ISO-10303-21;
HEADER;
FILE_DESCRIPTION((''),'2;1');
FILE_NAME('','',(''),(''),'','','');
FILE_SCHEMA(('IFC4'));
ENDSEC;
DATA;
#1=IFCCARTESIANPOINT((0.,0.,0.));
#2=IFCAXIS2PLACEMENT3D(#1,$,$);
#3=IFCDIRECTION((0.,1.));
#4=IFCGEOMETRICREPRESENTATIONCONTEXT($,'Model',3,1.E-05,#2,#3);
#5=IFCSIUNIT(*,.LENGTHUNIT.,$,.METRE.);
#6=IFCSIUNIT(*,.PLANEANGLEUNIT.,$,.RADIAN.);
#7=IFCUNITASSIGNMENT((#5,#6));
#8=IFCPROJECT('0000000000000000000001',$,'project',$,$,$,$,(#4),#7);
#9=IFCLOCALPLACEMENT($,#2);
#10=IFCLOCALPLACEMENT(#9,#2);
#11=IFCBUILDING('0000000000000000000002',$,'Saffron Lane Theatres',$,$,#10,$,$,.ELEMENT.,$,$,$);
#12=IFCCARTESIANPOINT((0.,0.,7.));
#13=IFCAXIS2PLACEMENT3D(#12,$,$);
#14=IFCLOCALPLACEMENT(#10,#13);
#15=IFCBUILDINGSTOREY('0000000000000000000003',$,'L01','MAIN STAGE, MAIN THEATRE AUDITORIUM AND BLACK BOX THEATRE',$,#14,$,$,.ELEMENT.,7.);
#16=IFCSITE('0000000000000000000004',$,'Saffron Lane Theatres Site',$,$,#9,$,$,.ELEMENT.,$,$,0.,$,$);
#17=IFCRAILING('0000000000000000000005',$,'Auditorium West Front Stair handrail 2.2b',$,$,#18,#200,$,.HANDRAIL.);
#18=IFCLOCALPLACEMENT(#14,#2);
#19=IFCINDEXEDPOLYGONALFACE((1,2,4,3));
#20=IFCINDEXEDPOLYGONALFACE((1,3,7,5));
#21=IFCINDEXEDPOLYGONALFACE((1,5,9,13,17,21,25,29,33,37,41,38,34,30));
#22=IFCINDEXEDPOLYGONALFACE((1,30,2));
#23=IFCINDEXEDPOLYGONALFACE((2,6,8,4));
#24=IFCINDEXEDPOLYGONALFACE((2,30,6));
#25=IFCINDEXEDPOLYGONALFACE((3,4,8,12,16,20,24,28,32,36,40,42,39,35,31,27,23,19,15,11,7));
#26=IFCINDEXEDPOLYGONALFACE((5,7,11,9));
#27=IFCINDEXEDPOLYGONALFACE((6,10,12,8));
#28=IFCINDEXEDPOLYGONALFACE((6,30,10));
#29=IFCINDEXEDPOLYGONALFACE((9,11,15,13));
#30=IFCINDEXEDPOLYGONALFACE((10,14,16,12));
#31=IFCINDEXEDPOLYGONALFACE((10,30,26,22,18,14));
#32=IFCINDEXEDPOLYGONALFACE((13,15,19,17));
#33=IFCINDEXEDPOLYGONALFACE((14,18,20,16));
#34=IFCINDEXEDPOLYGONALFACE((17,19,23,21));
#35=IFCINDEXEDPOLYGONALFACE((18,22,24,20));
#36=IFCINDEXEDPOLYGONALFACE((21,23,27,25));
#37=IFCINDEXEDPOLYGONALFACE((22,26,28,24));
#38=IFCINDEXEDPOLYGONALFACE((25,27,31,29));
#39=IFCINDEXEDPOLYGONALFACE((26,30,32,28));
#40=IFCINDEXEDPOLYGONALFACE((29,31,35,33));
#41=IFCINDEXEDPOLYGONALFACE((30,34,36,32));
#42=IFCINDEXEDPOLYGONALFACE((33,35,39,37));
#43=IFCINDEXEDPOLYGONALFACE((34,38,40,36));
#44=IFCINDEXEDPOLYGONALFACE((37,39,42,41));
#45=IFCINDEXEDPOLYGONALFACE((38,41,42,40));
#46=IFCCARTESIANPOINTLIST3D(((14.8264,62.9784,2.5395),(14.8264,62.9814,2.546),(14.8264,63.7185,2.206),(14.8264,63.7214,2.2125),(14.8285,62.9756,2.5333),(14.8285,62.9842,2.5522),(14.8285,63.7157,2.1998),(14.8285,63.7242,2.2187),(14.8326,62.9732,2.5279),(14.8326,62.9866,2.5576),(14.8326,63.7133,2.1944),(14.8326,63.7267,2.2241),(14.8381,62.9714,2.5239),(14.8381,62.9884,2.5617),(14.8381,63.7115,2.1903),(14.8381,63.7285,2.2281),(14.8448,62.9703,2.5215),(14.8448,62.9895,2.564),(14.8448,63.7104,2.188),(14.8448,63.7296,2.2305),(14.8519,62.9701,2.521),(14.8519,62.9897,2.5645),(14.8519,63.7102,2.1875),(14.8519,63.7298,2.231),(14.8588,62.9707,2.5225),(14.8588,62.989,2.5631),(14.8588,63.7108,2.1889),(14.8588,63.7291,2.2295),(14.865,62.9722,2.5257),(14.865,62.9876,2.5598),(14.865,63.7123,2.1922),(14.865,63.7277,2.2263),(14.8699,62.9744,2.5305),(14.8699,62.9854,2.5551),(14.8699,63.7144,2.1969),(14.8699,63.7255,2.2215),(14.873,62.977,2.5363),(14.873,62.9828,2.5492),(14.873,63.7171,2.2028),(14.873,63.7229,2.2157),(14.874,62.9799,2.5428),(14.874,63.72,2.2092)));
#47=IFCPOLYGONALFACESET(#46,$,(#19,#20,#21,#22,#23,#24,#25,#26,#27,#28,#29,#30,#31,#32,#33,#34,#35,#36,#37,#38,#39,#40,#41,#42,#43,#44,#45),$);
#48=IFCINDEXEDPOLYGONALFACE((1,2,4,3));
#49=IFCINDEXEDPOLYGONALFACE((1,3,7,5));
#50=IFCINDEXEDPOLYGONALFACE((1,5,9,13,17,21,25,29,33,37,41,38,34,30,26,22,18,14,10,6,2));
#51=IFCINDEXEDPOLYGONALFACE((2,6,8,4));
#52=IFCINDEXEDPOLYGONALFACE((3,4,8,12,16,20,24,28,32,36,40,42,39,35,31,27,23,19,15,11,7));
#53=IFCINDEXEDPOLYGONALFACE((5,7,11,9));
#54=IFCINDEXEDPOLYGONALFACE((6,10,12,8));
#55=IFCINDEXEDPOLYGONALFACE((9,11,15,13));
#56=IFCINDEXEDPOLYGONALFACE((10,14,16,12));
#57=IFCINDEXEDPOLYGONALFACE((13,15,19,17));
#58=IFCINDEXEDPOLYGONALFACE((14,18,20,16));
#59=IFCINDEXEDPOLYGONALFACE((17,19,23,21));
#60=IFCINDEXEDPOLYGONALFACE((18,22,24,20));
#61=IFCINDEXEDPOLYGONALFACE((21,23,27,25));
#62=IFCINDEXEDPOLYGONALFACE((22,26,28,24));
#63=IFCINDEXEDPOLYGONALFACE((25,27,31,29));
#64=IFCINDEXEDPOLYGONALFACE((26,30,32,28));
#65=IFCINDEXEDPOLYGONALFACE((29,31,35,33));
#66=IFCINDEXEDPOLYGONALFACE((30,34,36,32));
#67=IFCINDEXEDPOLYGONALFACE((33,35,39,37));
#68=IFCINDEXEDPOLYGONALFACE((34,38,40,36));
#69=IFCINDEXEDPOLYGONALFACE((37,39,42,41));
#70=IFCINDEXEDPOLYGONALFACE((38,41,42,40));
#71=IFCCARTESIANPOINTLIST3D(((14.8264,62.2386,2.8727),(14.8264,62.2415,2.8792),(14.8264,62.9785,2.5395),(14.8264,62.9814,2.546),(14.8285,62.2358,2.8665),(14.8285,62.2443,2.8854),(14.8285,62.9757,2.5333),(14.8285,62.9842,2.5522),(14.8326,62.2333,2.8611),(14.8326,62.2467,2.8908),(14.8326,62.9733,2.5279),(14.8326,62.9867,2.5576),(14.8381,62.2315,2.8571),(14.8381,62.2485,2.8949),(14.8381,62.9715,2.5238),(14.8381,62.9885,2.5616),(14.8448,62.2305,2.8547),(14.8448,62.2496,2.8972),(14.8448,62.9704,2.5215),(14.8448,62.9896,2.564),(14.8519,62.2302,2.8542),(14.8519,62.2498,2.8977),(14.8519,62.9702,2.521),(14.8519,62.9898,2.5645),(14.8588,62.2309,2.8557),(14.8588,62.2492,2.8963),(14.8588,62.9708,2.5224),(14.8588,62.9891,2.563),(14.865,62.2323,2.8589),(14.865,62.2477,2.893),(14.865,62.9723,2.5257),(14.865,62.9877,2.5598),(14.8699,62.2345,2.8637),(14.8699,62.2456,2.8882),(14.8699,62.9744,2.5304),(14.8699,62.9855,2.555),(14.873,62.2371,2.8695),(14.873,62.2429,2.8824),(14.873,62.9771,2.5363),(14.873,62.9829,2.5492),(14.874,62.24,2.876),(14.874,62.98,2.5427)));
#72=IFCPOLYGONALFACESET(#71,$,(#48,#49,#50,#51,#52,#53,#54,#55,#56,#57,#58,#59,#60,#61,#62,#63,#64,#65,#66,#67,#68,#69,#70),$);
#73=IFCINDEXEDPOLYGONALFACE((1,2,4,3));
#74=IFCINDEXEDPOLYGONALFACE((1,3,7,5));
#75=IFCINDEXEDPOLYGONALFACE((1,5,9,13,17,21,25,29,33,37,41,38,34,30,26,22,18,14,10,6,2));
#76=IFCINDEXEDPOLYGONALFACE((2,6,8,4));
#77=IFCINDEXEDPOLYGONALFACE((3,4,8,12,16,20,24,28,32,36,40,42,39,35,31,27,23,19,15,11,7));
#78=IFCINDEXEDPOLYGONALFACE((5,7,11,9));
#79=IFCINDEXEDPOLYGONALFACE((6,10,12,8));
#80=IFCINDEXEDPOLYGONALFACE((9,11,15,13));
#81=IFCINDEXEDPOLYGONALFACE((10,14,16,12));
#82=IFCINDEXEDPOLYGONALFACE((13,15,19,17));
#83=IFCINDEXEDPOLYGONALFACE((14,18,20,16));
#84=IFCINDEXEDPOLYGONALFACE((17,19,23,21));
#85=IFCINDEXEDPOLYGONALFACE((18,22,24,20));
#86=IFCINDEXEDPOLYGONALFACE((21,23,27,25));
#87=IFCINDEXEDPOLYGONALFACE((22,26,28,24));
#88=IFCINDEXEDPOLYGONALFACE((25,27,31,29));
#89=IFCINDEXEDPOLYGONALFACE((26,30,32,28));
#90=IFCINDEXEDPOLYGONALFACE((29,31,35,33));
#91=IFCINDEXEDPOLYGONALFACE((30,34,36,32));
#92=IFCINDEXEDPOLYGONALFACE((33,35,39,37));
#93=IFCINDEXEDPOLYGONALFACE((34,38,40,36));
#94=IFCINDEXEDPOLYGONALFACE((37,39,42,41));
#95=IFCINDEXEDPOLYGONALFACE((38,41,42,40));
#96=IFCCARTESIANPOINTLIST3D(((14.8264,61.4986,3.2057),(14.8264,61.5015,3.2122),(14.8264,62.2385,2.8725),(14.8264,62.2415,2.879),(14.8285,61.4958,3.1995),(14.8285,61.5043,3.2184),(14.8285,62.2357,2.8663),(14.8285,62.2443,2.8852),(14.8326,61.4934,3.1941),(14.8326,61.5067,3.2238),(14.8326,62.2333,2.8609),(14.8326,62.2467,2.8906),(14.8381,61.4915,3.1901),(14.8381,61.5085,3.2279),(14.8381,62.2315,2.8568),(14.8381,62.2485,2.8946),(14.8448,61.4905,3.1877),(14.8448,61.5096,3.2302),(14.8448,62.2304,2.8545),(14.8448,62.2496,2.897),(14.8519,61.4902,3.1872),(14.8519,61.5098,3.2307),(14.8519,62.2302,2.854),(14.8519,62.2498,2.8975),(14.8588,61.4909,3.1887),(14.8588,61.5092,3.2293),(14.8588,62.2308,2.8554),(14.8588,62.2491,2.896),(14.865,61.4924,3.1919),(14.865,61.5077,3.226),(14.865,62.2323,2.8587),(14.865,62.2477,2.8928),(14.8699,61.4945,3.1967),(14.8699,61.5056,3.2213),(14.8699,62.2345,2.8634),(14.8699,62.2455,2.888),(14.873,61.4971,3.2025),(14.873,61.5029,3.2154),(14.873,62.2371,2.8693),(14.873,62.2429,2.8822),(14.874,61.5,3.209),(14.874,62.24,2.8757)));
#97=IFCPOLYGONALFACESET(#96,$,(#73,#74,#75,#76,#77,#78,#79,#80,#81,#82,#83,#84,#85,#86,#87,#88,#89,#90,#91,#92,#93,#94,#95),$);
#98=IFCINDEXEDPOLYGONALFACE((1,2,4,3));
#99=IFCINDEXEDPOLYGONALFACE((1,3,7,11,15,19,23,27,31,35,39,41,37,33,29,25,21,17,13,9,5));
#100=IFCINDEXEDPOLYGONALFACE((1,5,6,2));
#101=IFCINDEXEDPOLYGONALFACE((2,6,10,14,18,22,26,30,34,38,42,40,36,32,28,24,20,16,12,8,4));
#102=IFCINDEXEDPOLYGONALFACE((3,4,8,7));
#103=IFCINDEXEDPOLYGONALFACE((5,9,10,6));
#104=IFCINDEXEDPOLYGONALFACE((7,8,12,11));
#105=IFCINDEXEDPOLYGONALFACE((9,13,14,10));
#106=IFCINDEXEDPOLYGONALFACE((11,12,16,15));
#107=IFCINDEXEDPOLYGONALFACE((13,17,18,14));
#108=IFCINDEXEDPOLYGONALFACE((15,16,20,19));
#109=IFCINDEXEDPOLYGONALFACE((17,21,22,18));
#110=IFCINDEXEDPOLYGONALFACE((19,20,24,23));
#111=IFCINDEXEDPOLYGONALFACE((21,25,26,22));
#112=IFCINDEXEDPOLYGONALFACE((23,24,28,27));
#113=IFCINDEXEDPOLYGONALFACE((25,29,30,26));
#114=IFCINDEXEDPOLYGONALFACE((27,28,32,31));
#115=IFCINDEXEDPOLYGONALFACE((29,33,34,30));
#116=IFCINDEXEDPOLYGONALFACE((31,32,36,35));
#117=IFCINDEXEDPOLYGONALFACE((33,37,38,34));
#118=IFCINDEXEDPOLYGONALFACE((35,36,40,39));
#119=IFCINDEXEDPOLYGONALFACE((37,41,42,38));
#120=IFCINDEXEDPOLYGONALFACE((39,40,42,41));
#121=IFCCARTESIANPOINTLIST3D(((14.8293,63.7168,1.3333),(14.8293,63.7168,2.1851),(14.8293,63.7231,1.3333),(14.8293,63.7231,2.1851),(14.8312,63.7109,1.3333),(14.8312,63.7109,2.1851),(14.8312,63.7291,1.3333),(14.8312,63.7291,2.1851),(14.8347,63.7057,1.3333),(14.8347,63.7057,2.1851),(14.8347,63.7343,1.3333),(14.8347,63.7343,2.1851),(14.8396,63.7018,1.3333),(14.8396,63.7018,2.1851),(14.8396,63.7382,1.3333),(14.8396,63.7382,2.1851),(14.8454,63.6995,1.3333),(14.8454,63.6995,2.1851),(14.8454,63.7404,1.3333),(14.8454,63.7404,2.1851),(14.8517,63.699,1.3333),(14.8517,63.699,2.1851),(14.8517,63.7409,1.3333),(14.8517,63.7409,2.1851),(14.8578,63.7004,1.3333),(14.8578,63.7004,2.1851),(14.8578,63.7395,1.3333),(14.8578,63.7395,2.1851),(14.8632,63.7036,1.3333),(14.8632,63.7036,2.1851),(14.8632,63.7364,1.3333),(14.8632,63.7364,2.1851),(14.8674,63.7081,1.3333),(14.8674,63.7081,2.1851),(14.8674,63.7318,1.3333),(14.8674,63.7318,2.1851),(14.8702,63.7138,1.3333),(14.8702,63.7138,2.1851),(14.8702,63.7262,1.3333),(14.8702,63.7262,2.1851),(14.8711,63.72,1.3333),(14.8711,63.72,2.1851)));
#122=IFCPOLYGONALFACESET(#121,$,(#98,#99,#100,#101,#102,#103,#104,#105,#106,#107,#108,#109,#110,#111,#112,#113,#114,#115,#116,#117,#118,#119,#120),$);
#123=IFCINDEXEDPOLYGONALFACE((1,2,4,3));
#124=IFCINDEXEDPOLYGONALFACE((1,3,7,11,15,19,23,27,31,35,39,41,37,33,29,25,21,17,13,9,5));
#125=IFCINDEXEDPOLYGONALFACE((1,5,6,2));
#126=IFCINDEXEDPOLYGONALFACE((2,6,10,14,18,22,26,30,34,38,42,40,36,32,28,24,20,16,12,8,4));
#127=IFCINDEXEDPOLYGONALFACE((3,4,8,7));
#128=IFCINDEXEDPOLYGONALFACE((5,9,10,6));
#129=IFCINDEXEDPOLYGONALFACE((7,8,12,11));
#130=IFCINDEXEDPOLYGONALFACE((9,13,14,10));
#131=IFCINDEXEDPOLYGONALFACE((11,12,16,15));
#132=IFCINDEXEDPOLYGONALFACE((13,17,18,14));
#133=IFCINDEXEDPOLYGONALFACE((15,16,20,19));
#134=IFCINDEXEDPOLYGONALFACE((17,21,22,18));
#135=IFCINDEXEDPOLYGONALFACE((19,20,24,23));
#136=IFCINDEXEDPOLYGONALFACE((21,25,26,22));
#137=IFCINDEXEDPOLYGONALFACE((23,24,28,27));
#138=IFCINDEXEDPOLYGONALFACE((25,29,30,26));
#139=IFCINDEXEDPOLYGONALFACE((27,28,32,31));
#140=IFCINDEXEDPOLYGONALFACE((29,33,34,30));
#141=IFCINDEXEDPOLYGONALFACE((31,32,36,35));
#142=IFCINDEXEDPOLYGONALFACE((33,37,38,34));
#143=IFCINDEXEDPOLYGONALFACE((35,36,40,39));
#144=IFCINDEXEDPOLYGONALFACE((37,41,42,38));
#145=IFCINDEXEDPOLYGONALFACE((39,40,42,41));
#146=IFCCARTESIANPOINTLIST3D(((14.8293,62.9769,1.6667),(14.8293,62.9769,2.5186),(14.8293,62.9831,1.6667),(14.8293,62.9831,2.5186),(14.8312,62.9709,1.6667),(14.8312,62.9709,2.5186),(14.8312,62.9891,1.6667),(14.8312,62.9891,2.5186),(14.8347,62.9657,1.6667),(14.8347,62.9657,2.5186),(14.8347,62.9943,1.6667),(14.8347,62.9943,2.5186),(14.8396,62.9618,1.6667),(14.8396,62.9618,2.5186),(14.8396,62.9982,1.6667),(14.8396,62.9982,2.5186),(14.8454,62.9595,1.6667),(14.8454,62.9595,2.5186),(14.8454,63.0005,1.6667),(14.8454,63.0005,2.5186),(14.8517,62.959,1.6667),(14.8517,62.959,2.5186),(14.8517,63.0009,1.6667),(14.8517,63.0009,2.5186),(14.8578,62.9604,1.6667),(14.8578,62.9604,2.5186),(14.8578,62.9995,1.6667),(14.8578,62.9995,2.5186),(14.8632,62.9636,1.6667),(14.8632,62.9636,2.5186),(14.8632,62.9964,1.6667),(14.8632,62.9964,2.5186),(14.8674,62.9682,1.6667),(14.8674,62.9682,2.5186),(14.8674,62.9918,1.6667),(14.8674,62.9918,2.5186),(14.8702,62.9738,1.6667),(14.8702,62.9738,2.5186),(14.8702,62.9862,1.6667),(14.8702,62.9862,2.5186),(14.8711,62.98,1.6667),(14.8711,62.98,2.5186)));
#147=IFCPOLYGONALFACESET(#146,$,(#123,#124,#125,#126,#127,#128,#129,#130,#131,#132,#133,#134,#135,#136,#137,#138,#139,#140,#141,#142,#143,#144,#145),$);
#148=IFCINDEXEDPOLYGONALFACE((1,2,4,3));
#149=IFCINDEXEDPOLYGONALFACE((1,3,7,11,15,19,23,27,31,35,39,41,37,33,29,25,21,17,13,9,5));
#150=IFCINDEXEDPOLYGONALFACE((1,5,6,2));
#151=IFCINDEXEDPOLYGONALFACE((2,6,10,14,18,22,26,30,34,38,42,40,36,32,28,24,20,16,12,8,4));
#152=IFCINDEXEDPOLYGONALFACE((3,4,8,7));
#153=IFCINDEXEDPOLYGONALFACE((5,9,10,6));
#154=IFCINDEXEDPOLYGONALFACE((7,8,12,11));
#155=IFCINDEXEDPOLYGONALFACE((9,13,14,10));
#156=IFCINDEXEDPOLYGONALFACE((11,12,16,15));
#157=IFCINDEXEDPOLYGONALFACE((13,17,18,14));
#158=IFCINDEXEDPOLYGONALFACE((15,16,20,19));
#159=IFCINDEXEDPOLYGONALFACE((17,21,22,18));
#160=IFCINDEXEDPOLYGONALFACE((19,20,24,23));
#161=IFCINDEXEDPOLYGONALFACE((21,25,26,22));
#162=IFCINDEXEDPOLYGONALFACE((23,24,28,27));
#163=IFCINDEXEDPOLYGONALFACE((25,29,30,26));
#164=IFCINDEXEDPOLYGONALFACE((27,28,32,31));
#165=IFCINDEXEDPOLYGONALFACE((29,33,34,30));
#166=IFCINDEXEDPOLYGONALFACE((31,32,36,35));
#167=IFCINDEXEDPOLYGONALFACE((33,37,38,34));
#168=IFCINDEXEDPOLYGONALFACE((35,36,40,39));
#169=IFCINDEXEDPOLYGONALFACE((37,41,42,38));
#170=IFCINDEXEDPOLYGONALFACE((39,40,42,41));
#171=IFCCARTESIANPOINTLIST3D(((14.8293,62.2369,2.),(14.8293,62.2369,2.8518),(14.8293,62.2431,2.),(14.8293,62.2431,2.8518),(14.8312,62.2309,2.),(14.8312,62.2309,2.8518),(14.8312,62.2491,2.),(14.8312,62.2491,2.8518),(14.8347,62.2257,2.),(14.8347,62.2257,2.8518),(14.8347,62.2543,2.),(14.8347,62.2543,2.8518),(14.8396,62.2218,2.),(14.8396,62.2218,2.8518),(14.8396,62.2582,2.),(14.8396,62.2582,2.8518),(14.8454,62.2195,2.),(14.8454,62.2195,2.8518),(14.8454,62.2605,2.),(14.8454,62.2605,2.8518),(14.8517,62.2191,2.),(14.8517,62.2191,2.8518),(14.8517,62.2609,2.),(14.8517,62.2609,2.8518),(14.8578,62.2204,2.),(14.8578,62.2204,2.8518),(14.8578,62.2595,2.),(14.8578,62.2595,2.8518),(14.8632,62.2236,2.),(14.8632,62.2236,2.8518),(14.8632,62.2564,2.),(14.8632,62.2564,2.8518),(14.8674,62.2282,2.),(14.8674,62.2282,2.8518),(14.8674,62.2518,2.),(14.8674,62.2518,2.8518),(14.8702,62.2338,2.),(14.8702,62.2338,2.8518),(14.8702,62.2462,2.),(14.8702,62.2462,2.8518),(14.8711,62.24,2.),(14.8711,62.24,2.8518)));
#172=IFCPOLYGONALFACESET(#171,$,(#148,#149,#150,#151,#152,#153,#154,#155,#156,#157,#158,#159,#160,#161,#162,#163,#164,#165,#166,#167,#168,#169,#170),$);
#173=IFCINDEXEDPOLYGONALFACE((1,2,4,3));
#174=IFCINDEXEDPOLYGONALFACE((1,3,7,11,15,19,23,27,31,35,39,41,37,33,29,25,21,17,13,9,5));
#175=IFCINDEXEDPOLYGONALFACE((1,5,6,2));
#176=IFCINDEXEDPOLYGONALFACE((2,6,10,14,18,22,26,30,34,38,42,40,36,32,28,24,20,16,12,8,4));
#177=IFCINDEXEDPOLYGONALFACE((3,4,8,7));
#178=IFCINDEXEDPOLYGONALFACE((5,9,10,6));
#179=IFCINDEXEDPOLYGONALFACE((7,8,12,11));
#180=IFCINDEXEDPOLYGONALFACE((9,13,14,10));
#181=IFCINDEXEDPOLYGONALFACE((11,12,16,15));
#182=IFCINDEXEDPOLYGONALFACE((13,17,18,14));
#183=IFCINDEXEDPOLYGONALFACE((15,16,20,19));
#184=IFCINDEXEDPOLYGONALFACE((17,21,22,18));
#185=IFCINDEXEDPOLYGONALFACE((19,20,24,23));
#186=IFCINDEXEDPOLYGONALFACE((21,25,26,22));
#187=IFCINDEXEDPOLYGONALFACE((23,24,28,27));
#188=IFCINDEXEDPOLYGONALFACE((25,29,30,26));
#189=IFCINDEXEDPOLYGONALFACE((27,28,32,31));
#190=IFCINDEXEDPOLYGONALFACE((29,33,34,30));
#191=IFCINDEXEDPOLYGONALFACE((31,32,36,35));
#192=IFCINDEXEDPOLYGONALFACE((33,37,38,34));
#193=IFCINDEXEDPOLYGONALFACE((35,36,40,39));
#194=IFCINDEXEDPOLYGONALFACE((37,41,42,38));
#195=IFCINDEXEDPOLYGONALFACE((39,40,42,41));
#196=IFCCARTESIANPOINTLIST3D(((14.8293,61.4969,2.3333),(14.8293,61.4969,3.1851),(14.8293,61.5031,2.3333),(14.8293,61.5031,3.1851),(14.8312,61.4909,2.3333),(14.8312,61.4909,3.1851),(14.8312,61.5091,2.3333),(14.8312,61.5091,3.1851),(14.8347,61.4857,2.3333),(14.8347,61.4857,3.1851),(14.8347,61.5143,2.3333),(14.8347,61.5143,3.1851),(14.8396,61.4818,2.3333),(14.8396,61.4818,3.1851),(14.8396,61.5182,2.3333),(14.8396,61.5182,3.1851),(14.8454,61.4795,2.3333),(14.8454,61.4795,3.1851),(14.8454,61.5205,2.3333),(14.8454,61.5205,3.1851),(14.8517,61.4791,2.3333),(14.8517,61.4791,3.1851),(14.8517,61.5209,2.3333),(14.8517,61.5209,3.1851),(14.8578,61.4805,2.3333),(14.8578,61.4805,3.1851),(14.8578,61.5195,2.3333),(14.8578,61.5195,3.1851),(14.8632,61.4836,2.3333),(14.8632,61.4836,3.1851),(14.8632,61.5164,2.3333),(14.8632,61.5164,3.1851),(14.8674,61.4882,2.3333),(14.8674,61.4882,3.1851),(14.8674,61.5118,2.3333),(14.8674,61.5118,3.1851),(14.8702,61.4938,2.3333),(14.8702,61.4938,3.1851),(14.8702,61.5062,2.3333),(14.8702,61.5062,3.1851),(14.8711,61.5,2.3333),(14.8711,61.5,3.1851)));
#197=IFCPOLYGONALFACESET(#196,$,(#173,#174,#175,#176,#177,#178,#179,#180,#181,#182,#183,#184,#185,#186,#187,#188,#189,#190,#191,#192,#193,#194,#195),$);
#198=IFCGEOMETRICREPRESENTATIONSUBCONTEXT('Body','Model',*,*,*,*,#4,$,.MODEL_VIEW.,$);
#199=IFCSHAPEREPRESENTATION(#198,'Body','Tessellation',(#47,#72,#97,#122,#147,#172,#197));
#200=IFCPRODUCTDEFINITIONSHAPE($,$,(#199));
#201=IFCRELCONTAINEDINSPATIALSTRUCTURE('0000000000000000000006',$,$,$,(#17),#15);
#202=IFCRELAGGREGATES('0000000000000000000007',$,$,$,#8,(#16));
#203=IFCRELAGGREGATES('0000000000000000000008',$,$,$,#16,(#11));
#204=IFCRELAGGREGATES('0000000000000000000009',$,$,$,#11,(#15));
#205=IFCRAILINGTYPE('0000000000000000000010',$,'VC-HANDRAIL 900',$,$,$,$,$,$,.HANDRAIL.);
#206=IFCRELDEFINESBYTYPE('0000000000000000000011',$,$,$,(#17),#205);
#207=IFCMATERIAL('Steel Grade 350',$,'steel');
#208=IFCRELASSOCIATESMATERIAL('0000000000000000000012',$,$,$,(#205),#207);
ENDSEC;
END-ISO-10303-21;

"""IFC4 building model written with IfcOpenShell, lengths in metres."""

from ifc_helpers import new_model, si_unit, direction, frame, origin, origin_2d, place, context, subcontext, project, spatial, circle, extrude, material, type_object, element, save


model = new_model("IFC4")

# Units and contexts
model_context = context("Model", 3, precision=1e-05, world=origin(), true_north=direction((0.0, 1.0)))
body_context = subcontext(model_context, "Body", "Model", "MODEL_VIEW")
ifc_project = project(units=[si_unit("LENGTHUNIT", "METRE"), si_unit("PLANEANGLEUNIT", "RADIAN")], contexts=[model_context])

# Site, building, storey
site_placement = place(None, origin())
site = spatial("IfcSite", under=ifc_project, at=site_placement, Name="Saffron Lane Theatres Site", CompositionType="ELEMENT", RefElevation=0.0)
building_placement = place(site_placement, origin())
building = spatial("IfcBuilding", under=site, at=building_placement, Name="Saffron Lane Theatres", CompositionType="ELEMENT")
storey_placement = place(building_placement, frame((0.0, 0.0, 7.0)))
storey = spatial("IfcBuildingStorey", under=building, at=storey_placement, Name="L01", Description="MAIN STAGE, MAIN THEATRE AUDITORIUM AND BLACK BOX THEATRE", CompositionType="ELEMENT", Elevation=7.0)

# Railing
ifc_material_1 = material(Name="Steel Grade 350", Category="steel")
railing_type_1 = type_object("IfcRailingType", Name="VC-HANDRAIL 900", PredefinedType="HANDRAIL", material=ifc_material_1)
for number, where, name in (
    (1, (14.8501, 63.72, 1.3333), "Auditorium West Front Stair handrail 2.2b"),
):
    element("IfcRailing", number, at=place(storey_placement, frame(where)), inside=storey, type_object=railing_type_1, Name=name, PredefinedType="HANDRAIL", context=body_context, shape_type="SweptSolid", body=[
        extrude(circle(Radius=0.0239, at=origin_2d()), frame((0.0, 0.0, 0.876), z_axis=(0.0, -0.911691, 0.410877), x_axis=(1.0, 0.0, 0.0)), (0.0, 0.0, 1.0), 0.8118),
        extrude(circle(Radius=0.0239, at=origin_2d()), frame((0.0, -0.74, 1.2095), z_axis=(0.0, -0.911803, 0.410627), x_axis=(1.0, 0.0, 0.0)), (0.0, 0.0, 1.0), 0.8115),
        extrude(circle(Radius=0.0239, at=origin_2d()), frame((0.0, -1.48, 1.5425), z_axis=(0.0, -0.911803, 0.410627), x_axis=(1.0, 0.0, 0.0)), (0.0, 0.0, 1.0), 0.8115),
        extrude(circle(Radius=0.021, at=origin_2d()), origin(), (0.0, 0.0, 1.0), 0.8518),
        extrude(circle(Radius=0.021, at=origin_2d()), frame((0.0, -0.74, 0.3335)), (0.0, 0.0, 1.0), 0.8518),
        extrude(circle(Radius=0.021, at=origin_2d()), frame((0.0, -1.48, 0.6667)), (0.0, 0.0, 1.0), 0.8518),
        extrude(circle(Radius=0.021, at=origin_2d()), frame((0.0, -2.22, 1.0)), (0.0, 0.0, 1.0), 0.8518),
    ])

save(model, "model.ifc")
